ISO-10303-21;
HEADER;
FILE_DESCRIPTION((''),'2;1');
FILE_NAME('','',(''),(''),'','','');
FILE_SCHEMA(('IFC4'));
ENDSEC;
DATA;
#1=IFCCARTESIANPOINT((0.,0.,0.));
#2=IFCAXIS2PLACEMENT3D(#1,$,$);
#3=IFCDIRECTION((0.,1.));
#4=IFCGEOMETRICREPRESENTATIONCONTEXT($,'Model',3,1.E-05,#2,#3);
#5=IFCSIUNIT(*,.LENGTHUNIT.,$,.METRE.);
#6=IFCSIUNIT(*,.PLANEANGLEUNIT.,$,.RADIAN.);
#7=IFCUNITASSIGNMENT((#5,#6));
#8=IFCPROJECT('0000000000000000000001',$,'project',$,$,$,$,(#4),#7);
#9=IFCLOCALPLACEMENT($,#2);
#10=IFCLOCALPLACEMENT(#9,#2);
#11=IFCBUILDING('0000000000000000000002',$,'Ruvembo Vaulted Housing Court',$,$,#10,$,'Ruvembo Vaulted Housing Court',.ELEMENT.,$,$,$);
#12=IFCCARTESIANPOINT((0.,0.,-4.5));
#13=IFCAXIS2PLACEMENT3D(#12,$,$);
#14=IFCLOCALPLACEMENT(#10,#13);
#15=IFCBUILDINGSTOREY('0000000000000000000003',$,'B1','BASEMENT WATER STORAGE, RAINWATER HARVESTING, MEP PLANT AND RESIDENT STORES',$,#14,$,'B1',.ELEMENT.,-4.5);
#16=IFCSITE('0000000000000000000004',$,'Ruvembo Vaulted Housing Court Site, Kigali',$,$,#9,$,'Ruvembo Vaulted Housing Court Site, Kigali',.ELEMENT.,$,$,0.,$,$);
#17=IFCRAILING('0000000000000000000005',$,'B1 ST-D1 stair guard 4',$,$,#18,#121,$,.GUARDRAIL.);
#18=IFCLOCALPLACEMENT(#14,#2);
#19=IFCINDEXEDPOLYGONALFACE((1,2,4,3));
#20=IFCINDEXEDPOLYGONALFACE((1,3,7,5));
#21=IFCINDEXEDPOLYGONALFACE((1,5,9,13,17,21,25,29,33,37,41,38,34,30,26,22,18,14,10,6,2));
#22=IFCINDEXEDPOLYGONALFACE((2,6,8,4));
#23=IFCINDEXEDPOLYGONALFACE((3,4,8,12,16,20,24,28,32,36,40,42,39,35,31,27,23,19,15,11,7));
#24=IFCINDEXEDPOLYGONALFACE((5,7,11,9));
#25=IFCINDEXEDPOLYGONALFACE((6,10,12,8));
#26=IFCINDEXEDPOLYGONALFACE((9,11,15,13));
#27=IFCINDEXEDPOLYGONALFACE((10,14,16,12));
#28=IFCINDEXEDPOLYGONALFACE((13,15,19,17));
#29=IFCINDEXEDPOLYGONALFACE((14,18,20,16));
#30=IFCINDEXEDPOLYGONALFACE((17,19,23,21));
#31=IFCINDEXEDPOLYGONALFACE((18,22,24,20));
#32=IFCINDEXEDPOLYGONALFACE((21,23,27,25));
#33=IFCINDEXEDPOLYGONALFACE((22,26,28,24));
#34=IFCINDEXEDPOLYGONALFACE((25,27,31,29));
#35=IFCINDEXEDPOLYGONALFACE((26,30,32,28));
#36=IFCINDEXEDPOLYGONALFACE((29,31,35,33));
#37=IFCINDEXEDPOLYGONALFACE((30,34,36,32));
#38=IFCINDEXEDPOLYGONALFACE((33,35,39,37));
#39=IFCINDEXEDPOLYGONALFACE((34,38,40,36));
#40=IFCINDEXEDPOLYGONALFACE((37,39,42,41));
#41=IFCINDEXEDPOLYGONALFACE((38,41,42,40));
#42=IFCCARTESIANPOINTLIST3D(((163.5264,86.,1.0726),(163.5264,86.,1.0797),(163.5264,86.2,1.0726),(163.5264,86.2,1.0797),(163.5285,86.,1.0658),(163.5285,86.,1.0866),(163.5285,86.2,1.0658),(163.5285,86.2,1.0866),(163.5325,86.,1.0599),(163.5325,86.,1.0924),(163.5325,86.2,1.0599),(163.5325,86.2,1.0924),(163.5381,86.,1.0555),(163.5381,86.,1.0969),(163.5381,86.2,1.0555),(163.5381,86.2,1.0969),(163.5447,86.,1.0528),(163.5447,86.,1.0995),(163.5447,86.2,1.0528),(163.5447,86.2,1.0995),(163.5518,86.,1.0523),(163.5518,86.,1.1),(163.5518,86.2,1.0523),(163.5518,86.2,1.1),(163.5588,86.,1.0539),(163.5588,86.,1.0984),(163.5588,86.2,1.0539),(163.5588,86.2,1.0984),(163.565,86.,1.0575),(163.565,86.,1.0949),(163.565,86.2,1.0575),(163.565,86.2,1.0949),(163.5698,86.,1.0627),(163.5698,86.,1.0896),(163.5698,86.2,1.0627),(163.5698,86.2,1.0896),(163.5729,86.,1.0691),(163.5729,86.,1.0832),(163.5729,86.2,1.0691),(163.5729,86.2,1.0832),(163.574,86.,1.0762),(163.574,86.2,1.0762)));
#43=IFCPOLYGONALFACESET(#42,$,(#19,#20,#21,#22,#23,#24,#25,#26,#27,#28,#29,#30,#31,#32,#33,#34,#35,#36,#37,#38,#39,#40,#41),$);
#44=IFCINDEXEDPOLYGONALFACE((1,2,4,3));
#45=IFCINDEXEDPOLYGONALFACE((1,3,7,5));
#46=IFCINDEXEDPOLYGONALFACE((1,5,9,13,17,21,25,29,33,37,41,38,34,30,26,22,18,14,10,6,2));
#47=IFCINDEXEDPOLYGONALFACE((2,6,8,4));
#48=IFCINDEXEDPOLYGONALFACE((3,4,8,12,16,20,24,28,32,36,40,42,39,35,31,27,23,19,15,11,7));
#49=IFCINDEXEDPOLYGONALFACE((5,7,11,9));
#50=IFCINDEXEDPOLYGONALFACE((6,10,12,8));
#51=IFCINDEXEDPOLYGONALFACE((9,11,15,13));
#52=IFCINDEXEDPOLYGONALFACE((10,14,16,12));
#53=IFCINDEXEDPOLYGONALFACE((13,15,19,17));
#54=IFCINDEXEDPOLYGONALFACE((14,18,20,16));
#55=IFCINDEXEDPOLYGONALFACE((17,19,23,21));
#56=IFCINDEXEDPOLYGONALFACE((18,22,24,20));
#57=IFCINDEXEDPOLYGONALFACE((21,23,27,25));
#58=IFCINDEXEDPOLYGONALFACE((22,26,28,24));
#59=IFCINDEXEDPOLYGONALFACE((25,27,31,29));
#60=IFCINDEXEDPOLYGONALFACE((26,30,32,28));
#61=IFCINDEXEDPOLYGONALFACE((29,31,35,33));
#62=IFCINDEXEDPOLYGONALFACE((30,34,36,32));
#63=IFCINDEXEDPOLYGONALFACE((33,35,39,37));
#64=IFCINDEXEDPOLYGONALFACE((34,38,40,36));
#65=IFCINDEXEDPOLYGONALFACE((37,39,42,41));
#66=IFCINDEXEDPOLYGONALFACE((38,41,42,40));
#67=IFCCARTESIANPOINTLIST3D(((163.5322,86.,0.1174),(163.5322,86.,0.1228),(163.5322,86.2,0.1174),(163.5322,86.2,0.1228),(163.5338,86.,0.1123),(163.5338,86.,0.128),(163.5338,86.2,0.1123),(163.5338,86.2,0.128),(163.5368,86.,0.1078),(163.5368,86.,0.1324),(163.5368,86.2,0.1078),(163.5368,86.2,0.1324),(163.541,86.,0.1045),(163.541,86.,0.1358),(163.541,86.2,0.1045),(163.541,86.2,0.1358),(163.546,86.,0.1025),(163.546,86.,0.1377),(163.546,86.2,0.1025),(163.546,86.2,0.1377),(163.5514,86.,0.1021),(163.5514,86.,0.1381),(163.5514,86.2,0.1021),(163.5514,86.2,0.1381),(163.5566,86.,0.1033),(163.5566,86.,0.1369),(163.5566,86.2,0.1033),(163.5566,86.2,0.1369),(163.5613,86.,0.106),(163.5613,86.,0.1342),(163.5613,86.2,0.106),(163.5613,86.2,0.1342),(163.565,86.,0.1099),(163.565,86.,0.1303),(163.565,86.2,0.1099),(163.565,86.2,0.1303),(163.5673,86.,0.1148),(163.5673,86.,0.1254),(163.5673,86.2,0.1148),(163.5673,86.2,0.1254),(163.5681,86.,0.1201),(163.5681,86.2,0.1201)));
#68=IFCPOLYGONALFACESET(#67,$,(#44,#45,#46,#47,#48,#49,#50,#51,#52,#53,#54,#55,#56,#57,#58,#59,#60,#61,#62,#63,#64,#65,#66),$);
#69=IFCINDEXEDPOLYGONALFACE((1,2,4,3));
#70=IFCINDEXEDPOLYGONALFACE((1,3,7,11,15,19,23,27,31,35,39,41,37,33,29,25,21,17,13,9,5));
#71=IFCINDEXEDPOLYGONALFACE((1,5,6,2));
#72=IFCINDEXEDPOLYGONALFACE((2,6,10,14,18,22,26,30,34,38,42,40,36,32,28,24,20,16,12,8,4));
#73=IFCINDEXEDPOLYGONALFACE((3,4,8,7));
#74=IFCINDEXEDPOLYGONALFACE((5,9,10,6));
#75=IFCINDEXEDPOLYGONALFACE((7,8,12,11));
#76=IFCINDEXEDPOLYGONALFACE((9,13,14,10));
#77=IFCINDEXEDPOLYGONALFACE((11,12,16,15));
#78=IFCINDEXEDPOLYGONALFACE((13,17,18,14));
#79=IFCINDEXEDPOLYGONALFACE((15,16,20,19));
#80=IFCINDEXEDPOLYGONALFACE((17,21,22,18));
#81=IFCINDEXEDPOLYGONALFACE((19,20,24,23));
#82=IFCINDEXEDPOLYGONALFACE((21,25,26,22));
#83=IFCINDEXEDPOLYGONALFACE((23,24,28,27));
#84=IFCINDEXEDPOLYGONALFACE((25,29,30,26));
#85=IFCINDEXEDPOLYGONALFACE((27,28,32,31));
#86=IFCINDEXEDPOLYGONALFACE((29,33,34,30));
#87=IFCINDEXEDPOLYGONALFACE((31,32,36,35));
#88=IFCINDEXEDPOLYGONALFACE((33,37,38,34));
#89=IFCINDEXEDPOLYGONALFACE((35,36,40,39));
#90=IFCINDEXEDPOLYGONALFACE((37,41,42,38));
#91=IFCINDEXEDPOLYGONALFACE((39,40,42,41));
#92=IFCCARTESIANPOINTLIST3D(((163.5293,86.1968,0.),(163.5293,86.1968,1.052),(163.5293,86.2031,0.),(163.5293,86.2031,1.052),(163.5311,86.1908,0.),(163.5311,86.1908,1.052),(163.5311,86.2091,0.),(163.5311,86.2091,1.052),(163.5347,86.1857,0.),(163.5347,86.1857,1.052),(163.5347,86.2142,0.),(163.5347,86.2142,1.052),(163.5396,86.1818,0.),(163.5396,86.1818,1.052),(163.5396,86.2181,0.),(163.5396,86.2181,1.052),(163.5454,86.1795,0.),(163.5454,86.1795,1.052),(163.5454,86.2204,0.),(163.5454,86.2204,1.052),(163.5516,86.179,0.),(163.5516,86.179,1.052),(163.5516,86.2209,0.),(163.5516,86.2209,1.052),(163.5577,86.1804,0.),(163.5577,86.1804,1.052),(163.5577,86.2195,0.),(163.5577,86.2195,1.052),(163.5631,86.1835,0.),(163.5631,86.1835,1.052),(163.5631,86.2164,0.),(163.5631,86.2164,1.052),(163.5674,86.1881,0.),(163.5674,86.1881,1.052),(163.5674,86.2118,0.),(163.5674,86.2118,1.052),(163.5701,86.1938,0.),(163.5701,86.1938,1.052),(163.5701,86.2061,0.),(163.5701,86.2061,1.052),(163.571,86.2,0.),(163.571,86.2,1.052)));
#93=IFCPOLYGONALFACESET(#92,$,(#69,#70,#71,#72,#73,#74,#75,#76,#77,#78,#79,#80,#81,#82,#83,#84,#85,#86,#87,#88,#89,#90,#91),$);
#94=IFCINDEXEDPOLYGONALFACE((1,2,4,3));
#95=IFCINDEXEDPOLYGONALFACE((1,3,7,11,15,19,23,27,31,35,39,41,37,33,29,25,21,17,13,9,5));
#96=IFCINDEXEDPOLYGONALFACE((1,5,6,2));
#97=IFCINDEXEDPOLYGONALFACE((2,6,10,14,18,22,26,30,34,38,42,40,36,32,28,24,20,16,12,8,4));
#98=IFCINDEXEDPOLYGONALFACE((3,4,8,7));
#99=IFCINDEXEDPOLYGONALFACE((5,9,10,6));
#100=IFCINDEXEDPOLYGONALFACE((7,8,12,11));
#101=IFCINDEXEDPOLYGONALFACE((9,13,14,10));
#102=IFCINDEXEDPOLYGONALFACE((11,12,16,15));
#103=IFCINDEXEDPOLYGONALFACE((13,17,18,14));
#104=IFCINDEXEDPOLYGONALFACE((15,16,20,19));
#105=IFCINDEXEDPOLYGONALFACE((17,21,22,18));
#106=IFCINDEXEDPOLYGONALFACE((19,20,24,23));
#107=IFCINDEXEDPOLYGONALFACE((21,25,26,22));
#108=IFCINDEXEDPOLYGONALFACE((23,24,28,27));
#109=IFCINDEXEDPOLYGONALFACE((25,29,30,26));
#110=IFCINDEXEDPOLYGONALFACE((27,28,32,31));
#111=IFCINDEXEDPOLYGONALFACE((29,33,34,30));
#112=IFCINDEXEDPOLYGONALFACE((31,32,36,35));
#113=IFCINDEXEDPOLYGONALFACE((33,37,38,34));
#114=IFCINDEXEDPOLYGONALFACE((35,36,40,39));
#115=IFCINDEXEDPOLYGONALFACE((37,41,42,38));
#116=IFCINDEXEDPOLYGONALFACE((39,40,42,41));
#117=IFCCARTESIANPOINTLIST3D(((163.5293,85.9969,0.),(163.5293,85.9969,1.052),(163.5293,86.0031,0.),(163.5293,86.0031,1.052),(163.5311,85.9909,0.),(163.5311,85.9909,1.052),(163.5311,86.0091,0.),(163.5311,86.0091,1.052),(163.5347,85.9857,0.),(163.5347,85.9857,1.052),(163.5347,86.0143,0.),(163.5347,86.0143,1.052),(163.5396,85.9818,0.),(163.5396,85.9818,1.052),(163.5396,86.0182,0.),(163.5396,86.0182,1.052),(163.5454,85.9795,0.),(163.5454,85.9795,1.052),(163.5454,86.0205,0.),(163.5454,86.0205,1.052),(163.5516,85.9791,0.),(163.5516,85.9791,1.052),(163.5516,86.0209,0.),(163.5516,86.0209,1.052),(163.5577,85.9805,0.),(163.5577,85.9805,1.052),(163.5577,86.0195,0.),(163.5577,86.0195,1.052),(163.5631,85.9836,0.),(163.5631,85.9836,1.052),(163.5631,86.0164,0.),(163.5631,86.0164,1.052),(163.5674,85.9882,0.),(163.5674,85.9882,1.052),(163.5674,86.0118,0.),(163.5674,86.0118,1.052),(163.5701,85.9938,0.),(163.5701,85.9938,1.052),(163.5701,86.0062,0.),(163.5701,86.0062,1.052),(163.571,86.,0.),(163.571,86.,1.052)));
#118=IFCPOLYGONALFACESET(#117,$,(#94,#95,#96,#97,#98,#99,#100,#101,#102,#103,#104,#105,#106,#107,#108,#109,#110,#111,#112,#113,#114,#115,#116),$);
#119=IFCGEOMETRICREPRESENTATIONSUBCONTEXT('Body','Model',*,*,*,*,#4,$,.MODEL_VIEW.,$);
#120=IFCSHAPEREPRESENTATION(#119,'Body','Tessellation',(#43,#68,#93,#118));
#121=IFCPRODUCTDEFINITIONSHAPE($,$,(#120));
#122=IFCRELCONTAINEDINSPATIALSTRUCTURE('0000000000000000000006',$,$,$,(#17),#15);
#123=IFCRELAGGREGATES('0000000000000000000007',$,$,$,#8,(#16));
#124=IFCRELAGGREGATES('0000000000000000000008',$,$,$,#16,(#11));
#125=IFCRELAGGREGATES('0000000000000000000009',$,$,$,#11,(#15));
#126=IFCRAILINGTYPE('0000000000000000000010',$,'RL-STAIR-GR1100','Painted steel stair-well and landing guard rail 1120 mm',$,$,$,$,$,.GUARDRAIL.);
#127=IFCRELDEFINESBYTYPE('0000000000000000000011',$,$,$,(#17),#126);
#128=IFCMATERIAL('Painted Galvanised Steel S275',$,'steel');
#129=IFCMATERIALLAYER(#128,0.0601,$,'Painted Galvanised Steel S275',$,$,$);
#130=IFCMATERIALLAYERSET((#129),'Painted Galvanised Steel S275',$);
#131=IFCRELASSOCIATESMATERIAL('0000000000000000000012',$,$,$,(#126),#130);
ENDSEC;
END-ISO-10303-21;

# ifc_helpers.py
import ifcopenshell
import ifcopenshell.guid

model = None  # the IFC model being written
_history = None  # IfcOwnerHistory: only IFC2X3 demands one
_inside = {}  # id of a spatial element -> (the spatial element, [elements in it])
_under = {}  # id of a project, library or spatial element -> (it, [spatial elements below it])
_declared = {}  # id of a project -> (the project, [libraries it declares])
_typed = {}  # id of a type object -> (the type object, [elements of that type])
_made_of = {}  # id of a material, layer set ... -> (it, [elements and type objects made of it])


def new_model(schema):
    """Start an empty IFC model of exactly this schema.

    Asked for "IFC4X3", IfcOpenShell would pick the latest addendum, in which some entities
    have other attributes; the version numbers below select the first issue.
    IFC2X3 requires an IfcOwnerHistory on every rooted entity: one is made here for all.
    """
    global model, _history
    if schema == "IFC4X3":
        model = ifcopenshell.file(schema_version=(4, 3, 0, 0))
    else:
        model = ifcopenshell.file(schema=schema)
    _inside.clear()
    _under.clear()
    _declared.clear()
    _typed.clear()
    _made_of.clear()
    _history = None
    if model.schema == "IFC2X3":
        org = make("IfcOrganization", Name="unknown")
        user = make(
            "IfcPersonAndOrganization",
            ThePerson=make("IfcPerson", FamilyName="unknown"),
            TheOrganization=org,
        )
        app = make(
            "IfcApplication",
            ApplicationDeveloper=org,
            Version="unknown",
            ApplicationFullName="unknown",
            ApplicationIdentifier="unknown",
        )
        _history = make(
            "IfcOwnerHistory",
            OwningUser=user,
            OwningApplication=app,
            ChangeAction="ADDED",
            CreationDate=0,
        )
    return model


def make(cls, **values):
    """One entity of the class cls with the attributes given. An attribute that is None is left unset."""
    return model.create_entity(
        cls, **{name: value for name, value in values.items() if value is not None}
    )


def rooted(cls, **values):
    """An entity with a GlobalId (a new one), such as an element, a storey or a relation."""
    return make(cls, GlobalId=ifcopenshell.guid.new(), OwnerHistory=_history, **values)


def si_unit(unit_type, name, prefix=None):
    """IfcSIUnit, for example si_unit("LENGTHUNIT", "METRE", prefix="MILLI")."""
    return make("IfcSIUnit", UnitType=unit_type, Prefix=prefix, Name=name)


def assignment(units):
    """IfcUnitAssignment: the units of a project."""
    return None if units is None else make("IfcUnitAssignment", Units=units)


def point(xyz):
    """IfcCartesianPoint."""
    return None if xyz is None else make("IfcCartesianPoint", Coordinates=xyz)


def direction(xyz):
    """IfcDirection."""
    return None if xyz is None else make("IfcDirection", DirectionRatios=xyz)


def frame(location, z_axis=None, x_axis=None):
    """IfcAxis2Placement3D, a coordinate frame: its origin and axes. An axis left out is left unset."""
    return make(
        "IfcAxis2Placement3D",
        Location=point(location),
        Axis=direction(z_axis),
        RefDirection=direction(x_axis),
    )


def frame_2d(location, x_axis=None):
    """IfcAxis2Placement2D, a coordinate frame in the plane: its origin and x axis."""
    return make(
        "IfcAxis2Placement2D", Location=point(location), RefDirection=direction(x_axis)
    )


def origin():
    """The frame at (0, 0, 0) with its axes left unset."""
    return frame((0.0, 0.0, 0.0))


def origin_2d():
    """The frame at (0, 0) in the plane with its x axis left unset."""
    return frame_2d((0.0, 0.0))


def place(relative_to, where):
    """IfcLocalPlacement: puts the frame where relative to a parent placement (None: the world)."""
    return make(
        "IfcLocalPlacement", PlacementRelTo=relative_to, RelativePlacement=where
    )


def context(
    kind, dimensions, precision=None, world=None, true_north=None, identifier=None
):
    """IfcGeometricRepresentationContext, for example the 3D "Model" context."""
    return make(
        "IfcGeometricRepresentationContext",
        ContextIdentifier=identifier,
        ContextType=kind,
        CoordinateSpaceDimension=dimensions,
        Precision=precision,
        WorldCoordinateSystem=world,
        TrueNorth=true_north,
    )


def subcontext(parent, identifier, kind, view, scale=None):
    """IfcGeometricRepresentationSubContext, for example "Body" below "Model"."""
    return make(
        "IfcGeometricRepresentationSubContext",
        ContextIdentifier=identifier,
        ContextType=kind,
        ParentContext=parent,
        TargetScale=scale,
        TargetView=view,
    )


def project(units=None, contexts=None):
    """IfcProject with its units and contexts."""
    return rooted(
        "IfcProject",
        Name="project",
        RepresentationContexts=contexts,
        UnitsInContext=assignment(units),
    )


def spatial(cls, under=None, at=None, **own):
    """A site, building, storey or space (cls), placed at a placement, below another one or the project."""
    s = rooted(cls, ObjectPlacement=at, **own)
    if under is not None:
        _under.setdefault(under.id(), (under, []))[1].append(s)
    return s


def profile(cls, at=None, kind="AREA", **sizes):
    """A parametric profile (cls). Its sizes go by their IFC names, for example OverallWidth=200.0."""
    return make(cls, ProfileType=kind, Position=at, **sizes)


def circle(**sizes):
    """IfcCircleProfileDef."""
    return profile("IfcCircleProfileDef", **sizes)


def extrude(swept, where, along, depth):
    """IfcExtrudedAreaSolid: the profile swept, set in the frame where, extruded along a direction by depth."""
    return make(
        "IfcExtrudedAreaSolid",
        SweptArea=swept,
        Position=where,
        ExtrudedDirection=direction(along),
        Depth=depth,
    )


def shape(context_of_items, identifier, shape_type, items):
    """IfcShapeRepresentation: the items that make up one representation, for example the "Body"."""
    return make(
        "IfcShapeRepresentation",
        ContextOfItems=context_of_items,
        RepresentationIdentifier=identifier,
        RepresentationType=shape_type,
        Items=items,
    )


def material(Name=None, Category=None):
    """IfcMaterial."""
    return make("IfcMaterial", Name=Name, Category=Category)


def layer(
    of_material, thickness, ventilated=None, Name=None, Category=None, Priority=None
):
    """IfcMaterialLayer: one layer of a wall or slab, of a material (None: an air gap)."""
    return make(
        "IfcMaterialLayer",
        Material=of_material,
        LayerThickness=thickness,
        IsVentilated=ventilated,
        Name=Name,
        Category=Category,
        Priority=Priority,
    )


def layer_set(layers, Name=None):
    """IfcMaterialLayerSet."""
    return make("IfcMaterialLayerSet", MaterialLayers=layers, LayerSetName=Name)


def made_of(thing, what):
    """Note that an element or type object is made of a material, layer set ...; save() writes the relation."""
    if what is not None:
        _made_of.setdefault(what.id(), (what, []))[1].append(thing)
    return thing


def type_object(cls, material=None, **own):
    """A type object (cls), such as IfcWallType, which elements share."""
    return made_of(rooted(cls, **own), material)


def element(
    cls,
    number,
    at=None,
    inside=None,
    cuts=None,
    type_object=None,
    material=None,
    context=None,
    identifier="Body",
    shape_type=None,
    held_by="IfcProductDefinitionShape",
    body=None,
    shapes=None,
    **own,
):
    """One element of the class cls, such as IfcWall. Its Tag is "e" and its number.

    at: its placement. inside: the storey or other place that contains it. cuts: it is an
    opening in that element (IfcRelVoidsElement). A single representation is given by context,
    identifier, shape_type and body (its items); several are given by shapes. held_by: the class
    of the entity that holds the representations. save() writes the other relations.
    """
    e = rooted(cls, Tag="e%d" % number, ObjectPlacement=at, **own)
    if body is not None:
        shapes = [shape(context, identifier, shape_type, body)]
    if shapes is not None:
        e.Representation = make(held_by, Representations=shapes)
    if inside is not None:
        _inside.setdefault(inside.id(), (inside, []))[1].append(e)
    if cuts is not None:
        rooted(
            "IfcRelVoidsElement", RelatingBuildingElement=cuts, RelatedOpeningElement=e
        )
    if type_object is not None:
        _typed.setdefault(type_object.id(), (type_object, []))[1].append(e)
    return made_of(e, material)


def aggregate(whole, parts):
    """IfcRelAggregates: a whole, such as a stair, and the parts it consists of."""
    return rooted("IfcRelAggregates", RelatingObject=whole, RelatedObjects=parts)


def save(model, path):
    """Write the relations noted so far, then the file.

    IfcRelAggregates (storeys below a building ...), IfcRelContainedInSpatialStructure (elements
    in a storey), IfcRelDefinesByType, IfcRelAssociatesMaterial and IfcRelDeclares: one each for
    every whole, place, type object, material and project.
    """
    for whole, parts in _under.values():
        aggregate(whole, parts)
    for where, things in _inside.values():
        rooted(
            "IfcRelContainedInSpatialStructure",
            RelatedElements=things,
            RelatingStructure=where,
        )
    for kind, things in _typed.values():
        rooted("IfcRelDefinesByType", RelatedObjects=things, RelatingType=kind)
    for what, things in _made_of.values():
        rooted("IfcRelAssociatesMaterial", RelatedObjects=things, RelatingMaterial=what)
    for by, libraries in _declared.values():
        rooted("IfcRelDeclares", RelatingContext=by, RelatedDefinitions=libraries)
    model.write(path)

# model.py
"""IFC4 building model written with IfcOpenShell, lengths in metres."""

from ifc_helpers import new_model, si_unit, direction, frame, origin, origin_2d, place, context, subcontext, project, spatial, circle, extrude, material, layer, layer_set, type_object, element, save


model = new_model("IFC4")

# Units and contexts
model_context = context("Model", 3, precision=1e-05, world=origin(), true_north=direction((0.0, 1.0)))
body_context = subcontext(model_context, "Body", "Model", "MODEL_VIEW")
ifc_project = project(units=[si_unit("LENGTHUNIT", "METRE"), si_unit("PLANEANGLEUNIT", "RADIAN")], contexts=[model_context])

# Site, building, storey
site_placement = place(None, origin())
site = spatial("IfcSite", under=ifc_project, at=site_placement, Name="Ruvembo Vaulted Housing Court Site, Kigali", LongName="Ruvembo Vaulted Housing Court Site, Kigali", CompositionType="ELEMENT", RefElevation=0.0)
building_placement = place(site_placement, origin())
building = spatial("IfcBuilding", under=site, at=building_placement, Name="Ruvembo Vaulted Housing Court", LongName="Ruvembo Vaulted Housing Court", CompositionType="ELEMENT")
storey_placement = place(building_placement, frame((0.0, 0.0, -4.5)))
storey = spatial("IfcBuildingStorey", under=building, at=storey_placement, Name="B1", Description="BASEMENT WATER STORAGE, RAINWATER HARVESTING, MEP PLANT AND RESIDENT STORES", LongName="B1", CompositionType="ELEMENT", Elevation=-4.5)

# Railing
ifc_material_1 = material(Name="Painted Galvanised Steel S275", Category="steel")
ifc_layer_1 = layer(ifc_material_1, 0.0601, Name="Painted Galvanised Steel S275")
ifc_layer_set_1 = layer_set([ifc_layer_1], Name="Painted Galvanised Steel S275")
railing_type_1 = type_object("IfcRailingType", Name="RL-STAIR-GR1100", Description="Painted steel stair-well and landing guard rail 1120 mm", PredefinedType="GUARDRAIL", material=ifc_layer_set_1)
railing_1_placement = place(storey_placement, frame((163.55, 86.2, 0.0)))
element("IfcRailing", 1, at=railing_1_placement, inside=storey, type_object=railing_type_1, Name="B1 ST-D1 stair guard 4", PredefinedType="GUARDRAIL", context=body_context, shape_type="SweptSolid", body=[
    extrude(circle(Radius=0.0239, at=origin_2d()), frame((0.0, 0.0, 1.0762), z_axis=(0.0, -1.0, 0.0), x_axis=(1.0, 0.0, 0.0)), (0.0, 0.0, 1.0), 0.2),
    extrude(circle(Radius=0.0181, at=origin_2d()), frame((0.0, 0.0, 0.1201), z_axis=(0.0, -1.0, 0.0), x_axis=(1.0, 0.0, 0.0)), (0.0, 0.0, 1.0), 0.2),
    extrude(circle(Radius=0.021, at=origin_2d()), origin(), (0.0, 0.0, 1.0), 1.052),
    extrude(circle(Radius=0.021, at=origin_2d()), frame((0.0, -0.2, 0.0)), (0.0, 0.0, 1.0), 1.052),
])

save(model, "model.ifc")
